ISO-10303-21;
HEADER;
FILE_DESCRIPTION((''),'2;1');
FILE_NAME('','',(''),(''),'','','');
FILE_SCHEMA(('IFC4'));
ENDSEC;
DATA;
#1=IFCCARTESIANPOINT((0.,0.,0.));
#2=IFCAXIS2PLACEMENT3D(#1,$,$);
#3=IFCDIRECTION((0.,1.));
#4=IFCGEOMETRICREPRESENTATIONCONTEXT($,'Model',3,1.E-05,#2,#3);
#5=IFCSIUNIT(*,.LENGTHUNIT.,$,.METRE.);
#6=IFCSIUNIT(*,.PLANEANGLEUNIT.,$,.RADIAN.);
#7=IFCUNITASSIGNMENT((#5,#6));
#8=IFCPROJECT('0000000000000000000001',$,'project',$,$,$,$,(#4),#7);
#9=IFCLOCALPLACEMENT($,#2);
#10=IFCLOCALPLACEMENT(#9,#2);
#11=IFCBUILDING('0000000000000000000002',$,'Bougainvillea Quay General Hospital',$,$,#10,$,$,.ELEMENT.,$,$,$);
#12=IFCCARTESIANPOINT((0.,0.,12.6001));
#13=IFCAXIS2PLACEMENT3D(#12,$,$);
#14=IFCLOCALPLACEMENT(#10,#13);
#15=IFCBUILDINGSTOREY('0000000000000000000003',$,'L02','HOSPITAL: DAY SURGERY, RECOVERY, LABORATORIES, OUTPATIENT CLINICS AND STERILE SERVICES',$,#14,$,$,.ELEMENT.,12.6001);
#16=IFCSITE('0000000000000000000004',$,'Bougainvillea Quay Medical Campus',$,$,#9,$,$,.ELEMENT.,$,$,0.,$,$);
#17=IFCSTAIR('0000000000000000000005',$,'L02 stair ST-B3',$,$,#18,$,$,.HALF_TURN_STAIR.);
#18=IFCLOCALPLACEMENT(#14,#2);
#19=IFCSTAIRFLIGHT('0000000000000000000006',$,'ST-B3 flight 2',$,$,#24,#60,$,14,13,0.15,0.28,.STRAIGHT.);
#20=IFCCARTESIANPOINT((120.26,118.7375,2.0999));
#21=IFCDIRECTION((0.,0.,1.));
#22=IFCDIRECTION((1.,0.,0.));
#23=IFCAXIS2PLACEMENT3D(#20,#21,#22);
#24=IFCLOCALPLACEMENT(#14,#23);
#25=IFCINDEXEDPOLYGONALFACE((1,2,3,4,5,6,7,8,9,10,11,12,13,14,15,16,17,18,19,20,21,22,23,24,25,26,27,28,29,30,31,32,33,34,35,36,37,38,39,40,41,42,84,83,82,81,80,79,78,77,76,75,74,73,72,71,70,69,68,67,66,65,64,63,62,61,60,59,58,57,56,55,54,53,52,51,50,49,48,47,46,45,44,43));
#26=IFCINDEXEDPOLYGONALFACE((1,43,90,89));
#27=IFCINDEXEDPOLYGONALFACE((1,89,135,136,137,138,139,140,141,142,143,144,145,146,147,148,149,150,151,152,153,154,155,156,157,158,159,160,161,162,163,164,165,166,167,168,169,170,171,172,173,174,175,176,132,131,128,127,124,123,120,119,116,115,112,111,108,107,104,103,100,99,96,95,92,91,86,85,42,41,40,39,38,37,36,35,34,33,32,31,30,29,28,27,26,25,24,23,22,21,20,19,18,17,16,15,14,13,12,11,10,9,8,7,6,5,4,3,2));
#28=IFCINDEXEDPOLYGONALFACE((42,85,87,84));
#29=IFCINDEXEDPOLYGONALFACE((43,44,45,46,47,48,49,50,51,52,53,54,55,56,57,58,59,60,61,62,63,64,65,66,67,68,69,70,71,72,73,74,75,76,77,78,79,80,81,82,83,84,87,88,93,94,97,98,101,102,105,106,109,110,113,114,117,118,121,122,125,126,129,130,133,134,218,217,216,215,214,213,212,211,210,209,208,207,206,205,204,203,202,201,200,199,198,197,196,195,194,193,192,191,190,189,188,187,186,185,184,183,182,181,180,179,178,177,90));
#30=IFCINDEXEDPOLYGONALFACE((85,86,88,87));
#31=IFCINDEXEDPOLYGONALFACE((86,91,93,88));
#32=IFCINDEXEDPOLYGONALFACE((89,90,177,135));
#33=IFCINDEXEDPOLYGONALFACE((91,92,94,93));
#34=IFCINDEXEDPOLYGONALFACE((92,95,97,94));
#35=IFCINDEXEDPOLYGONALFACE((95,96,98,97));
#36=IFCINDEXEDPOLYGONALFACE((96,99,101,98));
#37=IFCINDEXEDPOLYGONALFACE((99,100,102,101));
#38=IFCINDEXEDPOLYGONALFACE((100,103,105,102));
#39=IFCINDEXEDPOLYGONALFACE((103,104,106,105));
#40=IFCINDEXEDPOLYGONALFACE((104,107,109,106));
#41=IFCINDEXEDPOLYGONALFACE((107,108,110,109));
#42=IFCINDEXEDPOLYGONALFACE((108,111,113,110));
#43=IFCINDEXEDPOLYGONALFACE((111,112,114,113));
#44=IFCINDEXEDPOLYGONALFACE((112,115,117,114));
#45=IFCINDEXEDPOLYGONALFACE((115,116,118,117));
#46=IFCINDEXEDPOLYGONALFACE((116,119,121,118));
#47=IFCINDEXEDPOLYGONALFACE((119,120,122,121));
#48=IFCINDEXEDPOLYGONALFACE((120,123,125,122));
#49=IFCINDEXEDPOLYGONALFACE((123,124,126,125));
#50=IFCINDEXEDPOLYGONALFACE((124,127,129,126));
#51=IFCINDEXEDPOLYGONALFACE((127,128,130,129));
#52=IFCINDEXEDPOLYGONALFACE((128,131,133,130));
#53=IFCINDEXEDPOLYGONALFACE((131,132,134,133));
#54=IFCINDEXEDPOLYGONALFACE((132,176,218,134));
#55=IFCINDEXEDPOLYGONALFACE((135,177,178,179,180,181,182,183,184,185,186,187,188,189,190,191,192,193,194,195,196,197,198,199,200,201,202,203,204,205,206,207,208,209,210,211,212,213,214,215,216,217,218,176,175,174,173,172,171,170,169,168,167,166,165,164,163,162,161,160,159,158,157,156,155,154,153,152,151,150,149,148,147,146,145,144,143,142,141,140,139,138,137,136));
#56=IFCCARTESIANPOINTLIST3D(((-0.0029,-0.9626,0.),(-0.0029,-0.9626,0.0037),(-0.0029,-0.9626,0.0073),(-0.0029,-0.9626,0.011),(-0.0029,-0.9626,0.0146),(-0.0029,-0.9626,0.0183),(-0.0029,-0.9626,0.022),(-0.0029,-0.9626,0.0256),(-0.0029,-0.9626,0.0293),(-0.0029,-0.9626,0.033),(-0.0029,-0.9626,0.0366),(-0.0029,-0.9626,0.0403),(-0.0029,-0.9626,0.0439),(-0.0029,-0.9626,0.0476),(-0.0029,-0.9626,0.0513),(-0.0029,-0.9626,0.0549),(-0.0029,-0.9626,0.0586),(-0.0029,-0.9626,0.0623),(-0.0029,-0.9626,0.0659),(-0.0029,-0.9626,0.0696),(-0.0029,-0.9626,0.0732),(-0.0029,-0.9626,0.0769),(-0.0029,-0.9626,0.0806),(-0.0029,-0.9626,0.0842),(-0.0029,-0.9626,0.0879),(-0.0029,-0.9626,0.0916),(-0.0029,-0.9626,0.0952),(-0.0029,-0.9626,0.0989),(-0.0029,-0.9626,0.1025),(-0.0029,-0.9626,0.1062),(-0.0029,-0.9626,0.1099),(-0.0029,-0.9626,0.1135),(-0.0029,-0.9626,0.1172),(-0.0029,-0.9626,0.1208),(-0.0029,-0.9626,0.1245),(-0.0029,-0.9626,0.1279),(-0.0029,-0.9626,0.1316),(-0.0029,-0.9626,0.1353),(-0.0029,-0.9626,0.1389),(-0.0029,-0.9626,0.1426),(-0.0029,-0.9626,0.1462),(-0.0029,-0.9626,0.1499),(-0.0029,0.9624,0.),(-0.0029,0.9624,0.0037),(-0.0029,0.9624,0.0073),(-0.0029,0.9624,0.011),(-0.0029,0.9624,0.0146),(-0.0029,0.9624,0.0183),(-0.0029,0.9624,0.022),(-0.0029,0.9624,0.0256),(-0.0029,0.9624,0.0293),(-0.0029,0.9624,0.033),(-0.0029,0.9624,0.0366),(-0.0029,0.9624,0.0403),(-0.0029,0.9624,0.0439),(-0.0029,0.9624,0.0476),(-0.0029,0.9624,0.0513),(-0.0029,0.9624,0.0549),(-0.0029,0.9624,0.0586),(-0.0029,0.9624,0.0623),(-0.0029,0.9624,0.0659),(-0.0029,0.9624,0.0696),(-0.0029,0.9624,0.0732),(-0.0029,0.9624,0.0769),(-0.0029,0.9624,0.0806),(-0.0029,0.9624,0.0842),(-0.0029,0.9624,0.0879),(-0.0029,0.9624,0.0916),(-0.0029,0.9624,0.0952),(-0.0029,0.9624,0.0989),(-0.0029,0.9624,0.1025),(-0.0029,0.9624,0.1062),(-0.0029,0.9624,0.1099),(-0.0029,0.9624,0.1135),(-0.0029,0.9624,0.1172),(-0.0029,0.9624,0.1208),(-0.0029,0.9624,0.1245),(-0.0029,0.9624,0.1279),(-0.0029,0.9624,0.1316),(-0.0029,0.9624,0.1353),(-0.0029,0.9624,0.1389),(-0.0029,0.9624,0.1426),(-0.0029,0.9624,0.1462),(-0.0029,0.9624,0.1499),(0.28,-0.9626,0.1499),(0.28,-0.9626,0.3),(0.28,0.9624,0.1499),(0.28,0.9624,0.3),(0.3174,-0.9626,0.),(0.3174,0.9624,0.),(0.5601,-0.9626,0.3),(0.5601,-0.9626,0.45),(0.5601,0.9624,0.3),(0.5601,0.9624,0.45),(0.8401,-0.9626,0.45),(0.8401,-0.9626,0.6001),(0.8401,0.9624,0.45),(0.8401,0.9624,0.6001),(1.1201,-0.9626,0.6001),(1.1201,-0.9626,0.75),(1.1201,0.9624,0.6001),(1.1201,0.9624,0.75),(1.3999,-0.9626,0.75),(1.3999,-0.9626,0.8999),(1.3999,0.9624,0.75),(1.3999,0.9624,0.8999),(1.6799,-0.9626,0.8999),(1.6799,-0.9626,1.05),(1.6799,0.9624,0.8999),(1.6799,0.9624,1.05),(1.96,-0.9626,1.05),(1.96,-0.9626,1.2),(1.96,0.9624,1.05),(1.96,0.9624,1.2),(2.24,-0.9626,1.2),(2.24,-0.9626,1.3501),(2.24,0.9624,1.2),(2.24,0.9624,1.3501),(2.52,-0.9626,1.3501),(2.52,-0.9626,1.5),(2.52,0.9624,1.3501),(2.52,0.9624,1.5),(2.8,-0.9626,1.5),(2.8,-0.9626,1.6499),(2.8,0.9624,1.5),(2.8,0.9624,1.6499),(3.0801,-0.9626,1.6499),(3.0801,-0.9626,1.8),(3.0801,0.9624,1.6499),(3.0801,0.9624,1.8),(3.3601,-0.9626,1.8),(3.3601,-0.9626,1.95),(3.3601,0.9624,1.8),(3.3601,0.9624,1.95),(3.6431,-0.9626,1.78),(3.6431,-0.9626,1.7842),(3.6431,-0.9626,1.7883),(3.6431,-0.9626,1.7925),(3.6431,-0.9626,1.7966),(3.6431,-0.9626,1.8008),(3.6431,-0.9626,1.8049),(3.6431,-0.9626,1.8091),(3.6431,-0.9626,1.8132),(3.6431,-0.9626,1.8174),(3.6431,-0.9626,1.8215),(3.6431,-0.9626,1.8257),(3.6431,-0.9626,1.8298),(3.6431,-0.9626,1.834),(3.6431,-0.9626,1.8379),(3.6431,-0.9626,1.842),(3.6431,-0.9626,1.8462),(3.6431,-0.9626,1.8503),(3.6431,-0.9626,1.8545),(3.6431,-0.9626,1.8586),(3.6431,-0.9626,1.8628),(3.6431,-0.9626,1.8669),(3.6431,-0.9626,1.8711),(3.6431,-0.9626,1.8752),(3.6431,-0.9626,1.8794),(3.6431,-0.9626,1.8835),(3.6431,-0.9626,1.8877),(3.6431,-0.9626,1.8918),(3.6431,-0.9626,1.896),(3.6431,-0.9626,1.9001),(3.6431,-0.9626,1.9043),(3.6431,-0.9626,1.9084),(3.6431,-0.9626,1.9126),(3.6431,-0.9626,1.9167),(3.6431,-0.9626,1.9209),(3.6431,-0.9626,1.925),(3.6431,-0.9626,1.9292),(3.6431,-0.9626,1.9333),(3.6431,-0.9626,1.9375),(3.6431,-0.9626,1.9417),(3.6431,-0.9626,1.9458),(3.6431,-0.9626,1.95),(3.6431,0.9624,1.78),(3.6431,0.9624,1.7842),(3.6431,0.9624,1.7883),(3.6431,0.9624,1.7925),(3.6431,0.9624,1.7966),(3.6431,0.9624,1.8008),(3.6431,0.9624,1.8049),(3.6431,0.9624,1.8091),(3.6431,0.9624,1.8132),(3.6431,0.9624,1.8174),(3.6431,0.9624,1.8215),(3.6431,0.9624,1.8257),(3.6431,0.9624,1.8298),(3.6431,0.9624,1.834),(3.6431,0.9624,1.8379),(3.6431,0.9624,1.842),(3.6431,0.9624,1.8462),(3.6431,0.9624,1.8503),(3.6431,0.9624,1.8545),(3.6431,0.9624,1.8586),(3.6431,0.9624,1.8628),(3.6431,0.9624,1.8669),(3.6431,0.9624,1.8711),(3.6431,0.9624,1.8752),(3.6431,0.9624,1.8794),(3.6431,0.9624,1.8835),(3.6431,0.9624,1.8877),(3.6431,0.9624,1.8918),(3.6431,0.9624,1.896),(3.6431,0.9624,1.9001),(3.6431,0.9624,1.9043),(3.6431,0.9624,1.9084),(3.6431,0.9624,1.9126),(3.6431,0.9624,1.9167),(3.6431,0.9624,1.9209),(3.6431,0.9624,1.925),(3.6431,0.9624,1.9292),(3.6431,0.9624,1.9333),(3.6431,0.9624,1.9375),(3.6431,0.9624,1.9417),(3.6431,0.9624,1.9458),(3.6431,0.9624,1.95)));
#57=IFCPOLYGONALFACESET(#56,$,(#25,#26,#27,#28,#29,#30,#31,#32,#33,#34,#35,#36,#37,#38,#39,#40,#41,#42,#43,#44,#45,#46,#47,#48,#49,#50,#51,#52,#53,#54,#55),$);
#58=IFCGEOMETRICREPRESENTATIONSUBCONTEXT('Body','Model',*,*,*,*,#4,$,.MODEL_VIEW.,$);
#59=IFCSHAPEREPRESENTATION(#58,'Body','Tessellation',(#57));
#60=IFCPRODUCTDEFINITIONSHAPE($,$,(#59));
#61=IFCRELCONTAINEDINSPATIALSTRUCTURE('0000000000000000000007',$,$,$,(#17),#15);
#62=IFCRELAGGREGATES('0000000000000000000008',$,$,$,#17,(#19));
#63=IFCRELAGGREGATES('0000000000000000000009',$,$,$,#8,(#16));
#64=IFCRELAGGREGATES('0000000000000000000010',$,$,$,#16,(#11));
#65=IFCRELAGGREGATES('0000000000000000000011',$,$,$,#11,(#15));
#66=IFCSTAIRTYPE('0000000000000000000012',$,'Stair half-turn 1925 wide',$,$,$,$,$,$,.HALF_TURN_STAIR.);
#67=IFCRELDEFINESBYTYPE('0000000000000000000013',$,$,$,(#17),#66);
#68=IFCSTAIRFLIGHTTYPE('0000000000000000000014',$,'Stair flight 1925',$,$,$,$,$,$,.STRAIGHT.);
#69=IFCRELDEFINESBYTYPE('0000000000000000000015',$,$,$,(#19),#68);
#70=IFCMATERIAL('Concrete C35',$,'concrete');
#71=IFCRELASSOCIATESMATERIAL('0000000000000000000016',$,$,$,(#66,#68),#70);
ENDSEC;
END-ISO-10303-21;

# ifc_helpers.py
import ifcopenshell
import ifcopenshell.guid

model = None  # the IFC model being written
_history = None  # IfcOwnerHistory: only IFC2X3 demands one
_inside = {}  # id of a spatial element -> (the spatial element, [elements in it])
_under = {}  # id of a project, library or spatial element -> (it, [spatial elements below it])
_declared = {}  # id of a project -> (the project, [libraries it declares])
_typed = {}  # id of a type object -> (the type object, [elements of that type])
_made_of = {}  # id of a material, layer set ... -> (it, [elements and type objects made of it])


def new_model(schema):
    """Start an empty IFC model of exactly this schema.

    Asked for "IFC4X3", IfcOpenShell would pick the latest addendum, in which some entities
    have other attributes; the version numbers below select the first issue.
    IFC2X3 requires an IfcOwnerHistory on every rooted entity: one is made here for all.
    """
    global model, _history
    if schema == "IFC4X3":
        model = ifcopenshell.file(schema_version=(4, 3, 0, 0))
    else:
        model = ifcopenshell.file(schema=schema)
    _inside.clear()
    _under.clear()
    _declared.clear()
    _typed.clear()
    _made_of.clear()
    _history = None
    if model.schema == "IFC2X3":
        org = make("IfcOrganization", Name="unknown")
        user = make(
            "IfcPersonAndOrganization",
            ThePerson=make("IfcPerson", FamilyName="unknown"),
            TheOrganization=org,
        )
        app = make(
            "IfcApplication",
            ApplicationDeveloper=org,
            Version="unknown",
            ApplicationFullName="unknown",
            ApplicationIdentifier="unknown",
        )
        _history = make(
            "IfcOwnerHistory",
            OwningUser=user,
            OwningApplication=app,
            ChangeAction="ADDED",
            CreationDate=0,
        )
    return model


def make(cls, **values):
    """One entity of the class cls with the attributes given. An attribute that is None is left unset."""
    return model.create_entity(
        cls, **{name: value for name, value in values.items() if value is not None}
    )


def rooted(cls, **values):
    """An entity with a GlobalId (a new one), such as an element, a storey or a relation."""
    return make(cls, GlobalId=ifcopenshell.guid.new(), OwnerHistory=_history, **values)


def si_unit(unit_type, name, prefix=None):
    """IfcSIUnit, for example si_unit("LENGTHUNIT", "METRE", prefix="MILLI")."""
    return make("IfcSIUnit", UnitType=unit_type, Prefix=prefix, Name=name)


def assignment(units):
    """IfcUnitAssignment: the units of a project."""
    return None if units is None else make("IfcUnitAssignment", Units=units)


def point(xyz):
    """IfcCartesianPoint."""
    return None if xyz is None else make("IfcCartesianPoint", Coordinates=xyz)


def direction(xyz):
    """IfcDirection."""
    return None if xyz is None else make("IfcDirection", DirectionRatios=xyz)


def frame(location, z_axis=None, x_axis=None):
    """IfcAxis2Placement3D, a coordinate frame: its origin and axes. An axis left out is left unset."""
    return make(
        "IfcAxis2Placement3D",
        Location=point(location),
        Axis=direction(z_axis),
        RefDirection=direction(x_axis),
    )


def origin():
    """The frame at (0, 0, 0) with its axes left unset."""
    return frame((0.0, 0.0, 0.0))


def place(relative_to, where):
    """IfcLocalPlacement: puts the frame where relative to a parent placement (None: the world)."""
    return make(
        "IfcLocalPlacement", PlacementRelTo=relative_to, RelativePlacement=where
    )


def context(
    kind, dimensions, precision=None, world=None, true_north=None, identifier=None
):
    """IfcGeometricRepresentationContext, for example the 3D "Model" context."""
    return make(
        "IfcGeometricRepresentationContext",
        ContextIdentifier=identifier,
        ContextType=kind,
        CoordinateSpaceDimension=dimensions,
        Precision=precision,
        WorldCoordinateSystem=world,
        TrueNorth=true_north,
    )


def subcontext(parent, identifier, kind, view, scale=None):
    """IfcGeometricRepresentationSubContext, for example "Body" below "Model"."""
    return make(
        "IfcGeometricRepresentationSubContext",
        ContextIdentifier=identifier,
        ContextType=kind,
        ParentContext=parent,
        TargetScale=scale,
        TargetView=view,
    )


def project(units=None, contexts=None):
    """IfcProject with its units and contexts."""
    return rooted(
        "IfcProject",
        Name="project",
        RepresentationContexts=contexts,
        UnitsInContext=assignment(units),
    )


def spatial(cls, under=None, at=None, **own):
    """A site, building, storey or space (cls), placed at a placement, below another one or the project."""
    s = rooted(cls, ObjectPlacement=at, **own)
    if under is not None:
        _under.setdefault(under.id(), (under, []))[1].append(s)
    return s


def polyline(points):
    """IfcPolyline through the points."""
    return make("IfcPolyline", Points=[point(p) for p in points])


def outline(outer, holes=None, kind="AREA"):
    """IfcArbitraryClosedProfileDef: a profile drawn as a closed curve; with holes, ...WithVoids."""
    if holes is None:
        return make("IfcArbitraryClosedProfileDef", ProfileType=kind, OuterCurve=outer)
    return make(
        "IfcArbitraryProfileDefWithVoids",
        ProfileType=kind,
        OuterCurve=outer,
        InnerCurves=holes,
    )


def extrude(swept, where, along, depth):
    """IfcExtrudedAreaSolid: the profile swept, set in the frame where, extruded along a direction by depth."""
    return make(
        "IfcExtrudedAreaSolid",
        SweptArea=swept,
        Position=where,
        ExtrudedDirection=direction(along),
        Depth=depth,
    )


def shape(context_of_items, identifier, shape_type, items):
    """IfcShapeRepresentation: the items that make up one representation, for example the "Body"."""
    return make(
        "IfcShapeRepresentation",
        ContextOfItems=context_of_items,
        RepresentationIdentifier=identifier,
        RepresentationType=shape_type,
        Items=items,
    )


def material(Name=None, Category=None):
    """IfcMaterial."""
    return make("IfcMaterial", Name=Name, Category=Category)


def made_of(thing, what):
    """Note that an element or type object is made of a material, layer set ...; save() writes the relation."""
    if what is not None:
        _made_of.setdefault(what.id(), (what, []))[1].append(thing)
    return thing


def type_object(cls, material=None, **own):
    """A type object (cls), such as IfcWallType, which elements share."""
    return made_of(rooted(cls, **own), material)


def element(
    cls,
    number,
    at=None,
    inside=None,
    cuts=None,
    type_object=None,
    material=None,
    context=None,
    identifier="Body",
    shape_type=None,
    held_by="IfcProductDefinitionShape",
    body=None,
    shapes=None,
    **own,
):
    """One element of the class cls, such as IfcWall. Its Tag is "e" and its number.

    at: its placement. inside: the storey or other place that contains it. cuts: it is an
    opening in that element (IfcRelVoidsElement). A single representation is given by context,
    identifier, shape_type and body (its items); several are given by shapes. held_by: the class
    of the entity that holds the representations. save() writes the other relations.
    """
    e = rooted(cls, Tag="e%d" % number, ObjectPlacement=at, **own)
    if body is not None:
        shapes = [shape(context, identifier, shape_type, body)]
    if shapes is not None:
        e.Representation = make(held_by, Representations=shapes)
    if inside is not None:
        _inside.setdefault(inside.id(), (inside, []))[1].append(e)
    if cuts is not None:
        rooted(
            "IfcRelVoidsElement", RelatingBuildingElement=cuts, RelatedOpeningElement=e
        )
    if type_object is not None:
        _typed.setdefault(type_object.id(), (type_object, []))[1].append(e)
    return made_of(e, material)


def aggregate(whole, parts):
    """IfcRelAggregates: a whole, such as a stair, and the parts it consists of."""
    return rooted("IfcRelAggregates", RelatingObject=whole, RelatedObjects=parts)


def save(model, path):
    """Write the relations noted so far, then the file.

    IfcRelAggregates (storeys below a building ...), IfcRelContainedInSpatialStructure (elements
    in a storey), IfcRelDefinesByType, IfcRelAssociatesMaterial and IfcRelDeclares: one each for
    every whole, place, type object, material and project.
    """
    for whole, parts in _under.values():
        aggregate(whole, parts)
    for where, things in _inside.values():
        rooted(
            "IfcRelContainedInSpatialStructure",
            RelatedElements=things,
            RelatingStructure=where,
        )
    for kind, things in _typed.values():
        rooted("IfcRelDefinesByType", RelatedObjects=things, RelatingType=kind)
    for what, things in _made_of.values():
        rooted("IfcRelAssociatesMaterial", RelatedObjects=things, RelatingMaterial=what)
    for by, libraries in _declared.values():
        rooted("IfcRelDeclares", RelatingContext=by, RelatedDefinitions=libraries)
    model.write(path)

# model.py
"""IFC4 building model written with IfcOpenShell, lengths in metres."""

from ifc_helpers import new_model, si_unit, direction, frame, origin, place, context, subcontext, project, spatial, polyline, outline, extrude, material, type_object, element, aggregate, save


model = new_model("IFC4")

# Units and contexts
model_context = context("Model", 3, precision=1e-05, world=origin(), true_north=direction((0.0, 1.0)))
body_context = subcontext(model_context, "Body", "Model", "MODEL_VIEW")
ifc_project = project(units=[si_unit("LENGTHUNIT", "METRE"), si_unit("PLANEANGLEUNIT", "RADIAN")], contexts=[model_context])

# Site, building, storey
site_placement = place(None, origin())
site = spatial("IfcSite", under=ifc_project, at=site_placement, Name="Bougainvillea Quay Medical Campus", CompositionType="ELEMENT", RefElevation=0.0)
building_placement = place(site_placement, origin())
building = spatial("IfcBuilding", under=site, at=building_placement, Name="Bougainvillea Quay General Hospital", CompositionType="ELEMENT")
storey_placement = place(building_placement, frame((0.0, 0.0, 12.6001)))
storey = spatial("IfcBuildingStorey", under=building, at=storey_placement, Name="L02", Description="HOSPITAL: DAY SURGERY, RECOVERY, LABORATORIES, OUTPATIENT CLINICS AND STERILE SERVICES", CompositionType="ELEMENT", Elevation=12.6001)

# Stair, stair flight
ifc_material_1 = material(Name="Concrete C35", Category="concrete")
stair_type = type_object("IfcStairType", Name="Stair half-turn 1925 wide", PredefinedType="HALF_TURN_STAIR", material=ifc_material_1)
stair_placement = place(storey_placement, origin())
stair = element("IfcStair", 1, at=stair_placement, inside=storey, type_object=stair_type, Name="L02 stair ST-B3", PredefinedType="HALF_TURN_STAIR")
stair_flight_type = type_object("IfcStairFlightType", Name="Stair flight 1925", PredefinedType="STRAIGHT", material=ifc_material_1)
stair_flight_1_placement = place(storey_placement, frame((120.26, 118.7375, 2.0999), z_axis=(0.0, 0.0, 1.0), x_axis=(1.0, 0.0, 0.0)))
stair_flight_1 = element("IfcStairFlight", 2, at=stair_flight_1_placement, type_object=stair_flight_type, Name="ST-B3 flight 2", NumberOfRisers=14, NumberOfTreads=13, PredefinedType="STRAIGHT", RiserHeight=0.15, TreadLength=0.28, context=body_context, shape_type="SweptSolid", body=[
    extrude(outline(polyline([(-0.0029, 0.0), (-0.0029, 0.0037), (-0.0029, 0.0073), (-0.0029, 0.011), (-0.0029, 0.0146), (-0.0029, 0.0183), (-0.0029, 0.022), (-0.0029, 0.0256), (-0.0029, 0.0293), (-0.0029, 0.033), (-0.0029, 0.0366), (-0.0029, 0.0403), (-0.0029, 0.0439), (-0.0029, 0.0476), (-0.0029, 0.0513), (-0.0029, 0.0549), (-0.0029, 0.0586), (-0.0029, 0.0623), (-0.0029, 0.0659), (-0.0029, 0.0696), (-0.0029, 0.0732), (-0.0029, 0.0769), (-0.0029, 0.0806), (-0.0029, 0.0842), (-0.0029, 0.0879), (-0.0029, 0.0916), (-0.0029, 0.0952), (-0.0029, 0.0989), (-0.0029, 0.1025), (-0.0029, 0.1062), (-0.0029, 0.1099), (-0.0029, 0.1135), (-0.0029, 0.1172), (-0.0029, 0.1208), (-0.0029, 0.1245), (-0.0029, 0.1279), (-0.0029, 0.1316), (-0.0029, 0.1353), (-0.0029, 0.1389), (-0.0029, 0.1426), (-0.0029, 0.1462), (-0.0029, 0.1499), (0.28, 0.1499), (0.28, 0.3), (0.5601, 0.3), (0.5601, 0.45), (0.8401, 0.45), (0.8401, 0.6001), (1.1201, 0.6001), (1.1201, 0.75), (1.3999, 0.75), (1.3999, 0.8999), (1.6799, 0.8999), (1.6799, 1.05), (1.96, 1.05), (1.96, 1.2), (2.24, 1.2), (2.24, 1.3501), (2.52, 1.3501), (2.52, 1.5), (2.8, 1.5), (2.8, 1.6499), (3.0801, 1.6499), (3.0801, 1.8), (3.3601, 1.8), (3.3601, 1.95), (3.6431, 1.95), (3.6431, 1.9458), (3.6431, 1.9417), (3.6431, 1.9375), (3.6431, 1.9333), (3.6431, 1.9292), (3.6431, 1.925), (3.6431, 1.9209), (3.6431, 1.9167), (3.6431, 1.9126), (3.6431, 1.9084), (3.6431, 1.9043), (3.6431, 1.9001), (3.6431, 1.896), (3.6431, 1.8918), (3.6431, 1.8877), (3.6431, 1.8835), (3.6431, 1.8794), (3.6431, 1.8752), (3.6431, 1.8711), (3.6431, 1.8669), (3.6431, 1.8628), (3.6431, 1.8586), (3.6431, 1.8545), (3.6431, 1.8503), (3.6431, 1.8462), (3.6431, 1.842), (3.6431, 1.8379), (3.6431, 1.834), (3.6431, 1.8298), (3.6431, 1.8257), (3.6431, 1.8215), (3.6431, 1.8174), (3.6431, 1.8132), (3.6431, 1.8091), (3.6431, 1.8049), (3.6431, 1.8008), (3.6431, 1.7966), (3.6431, 1.7925), (3.6431, 1.7883), (3.6431, 1.7842), (3.6431, 1.78), (0.3174, 0.0), (-0.0029, 0.0)])), frame((0.0, 0.9624, 0.0), z_axis=(0.0, -1.0, 0.0), x_axis=(1.0, 0.0, 0.0)), (0.0, 0.0, 1.0), 1.925),
])
aggregate(stair, [stair_flight_1])

save(model, "model.ifc")
